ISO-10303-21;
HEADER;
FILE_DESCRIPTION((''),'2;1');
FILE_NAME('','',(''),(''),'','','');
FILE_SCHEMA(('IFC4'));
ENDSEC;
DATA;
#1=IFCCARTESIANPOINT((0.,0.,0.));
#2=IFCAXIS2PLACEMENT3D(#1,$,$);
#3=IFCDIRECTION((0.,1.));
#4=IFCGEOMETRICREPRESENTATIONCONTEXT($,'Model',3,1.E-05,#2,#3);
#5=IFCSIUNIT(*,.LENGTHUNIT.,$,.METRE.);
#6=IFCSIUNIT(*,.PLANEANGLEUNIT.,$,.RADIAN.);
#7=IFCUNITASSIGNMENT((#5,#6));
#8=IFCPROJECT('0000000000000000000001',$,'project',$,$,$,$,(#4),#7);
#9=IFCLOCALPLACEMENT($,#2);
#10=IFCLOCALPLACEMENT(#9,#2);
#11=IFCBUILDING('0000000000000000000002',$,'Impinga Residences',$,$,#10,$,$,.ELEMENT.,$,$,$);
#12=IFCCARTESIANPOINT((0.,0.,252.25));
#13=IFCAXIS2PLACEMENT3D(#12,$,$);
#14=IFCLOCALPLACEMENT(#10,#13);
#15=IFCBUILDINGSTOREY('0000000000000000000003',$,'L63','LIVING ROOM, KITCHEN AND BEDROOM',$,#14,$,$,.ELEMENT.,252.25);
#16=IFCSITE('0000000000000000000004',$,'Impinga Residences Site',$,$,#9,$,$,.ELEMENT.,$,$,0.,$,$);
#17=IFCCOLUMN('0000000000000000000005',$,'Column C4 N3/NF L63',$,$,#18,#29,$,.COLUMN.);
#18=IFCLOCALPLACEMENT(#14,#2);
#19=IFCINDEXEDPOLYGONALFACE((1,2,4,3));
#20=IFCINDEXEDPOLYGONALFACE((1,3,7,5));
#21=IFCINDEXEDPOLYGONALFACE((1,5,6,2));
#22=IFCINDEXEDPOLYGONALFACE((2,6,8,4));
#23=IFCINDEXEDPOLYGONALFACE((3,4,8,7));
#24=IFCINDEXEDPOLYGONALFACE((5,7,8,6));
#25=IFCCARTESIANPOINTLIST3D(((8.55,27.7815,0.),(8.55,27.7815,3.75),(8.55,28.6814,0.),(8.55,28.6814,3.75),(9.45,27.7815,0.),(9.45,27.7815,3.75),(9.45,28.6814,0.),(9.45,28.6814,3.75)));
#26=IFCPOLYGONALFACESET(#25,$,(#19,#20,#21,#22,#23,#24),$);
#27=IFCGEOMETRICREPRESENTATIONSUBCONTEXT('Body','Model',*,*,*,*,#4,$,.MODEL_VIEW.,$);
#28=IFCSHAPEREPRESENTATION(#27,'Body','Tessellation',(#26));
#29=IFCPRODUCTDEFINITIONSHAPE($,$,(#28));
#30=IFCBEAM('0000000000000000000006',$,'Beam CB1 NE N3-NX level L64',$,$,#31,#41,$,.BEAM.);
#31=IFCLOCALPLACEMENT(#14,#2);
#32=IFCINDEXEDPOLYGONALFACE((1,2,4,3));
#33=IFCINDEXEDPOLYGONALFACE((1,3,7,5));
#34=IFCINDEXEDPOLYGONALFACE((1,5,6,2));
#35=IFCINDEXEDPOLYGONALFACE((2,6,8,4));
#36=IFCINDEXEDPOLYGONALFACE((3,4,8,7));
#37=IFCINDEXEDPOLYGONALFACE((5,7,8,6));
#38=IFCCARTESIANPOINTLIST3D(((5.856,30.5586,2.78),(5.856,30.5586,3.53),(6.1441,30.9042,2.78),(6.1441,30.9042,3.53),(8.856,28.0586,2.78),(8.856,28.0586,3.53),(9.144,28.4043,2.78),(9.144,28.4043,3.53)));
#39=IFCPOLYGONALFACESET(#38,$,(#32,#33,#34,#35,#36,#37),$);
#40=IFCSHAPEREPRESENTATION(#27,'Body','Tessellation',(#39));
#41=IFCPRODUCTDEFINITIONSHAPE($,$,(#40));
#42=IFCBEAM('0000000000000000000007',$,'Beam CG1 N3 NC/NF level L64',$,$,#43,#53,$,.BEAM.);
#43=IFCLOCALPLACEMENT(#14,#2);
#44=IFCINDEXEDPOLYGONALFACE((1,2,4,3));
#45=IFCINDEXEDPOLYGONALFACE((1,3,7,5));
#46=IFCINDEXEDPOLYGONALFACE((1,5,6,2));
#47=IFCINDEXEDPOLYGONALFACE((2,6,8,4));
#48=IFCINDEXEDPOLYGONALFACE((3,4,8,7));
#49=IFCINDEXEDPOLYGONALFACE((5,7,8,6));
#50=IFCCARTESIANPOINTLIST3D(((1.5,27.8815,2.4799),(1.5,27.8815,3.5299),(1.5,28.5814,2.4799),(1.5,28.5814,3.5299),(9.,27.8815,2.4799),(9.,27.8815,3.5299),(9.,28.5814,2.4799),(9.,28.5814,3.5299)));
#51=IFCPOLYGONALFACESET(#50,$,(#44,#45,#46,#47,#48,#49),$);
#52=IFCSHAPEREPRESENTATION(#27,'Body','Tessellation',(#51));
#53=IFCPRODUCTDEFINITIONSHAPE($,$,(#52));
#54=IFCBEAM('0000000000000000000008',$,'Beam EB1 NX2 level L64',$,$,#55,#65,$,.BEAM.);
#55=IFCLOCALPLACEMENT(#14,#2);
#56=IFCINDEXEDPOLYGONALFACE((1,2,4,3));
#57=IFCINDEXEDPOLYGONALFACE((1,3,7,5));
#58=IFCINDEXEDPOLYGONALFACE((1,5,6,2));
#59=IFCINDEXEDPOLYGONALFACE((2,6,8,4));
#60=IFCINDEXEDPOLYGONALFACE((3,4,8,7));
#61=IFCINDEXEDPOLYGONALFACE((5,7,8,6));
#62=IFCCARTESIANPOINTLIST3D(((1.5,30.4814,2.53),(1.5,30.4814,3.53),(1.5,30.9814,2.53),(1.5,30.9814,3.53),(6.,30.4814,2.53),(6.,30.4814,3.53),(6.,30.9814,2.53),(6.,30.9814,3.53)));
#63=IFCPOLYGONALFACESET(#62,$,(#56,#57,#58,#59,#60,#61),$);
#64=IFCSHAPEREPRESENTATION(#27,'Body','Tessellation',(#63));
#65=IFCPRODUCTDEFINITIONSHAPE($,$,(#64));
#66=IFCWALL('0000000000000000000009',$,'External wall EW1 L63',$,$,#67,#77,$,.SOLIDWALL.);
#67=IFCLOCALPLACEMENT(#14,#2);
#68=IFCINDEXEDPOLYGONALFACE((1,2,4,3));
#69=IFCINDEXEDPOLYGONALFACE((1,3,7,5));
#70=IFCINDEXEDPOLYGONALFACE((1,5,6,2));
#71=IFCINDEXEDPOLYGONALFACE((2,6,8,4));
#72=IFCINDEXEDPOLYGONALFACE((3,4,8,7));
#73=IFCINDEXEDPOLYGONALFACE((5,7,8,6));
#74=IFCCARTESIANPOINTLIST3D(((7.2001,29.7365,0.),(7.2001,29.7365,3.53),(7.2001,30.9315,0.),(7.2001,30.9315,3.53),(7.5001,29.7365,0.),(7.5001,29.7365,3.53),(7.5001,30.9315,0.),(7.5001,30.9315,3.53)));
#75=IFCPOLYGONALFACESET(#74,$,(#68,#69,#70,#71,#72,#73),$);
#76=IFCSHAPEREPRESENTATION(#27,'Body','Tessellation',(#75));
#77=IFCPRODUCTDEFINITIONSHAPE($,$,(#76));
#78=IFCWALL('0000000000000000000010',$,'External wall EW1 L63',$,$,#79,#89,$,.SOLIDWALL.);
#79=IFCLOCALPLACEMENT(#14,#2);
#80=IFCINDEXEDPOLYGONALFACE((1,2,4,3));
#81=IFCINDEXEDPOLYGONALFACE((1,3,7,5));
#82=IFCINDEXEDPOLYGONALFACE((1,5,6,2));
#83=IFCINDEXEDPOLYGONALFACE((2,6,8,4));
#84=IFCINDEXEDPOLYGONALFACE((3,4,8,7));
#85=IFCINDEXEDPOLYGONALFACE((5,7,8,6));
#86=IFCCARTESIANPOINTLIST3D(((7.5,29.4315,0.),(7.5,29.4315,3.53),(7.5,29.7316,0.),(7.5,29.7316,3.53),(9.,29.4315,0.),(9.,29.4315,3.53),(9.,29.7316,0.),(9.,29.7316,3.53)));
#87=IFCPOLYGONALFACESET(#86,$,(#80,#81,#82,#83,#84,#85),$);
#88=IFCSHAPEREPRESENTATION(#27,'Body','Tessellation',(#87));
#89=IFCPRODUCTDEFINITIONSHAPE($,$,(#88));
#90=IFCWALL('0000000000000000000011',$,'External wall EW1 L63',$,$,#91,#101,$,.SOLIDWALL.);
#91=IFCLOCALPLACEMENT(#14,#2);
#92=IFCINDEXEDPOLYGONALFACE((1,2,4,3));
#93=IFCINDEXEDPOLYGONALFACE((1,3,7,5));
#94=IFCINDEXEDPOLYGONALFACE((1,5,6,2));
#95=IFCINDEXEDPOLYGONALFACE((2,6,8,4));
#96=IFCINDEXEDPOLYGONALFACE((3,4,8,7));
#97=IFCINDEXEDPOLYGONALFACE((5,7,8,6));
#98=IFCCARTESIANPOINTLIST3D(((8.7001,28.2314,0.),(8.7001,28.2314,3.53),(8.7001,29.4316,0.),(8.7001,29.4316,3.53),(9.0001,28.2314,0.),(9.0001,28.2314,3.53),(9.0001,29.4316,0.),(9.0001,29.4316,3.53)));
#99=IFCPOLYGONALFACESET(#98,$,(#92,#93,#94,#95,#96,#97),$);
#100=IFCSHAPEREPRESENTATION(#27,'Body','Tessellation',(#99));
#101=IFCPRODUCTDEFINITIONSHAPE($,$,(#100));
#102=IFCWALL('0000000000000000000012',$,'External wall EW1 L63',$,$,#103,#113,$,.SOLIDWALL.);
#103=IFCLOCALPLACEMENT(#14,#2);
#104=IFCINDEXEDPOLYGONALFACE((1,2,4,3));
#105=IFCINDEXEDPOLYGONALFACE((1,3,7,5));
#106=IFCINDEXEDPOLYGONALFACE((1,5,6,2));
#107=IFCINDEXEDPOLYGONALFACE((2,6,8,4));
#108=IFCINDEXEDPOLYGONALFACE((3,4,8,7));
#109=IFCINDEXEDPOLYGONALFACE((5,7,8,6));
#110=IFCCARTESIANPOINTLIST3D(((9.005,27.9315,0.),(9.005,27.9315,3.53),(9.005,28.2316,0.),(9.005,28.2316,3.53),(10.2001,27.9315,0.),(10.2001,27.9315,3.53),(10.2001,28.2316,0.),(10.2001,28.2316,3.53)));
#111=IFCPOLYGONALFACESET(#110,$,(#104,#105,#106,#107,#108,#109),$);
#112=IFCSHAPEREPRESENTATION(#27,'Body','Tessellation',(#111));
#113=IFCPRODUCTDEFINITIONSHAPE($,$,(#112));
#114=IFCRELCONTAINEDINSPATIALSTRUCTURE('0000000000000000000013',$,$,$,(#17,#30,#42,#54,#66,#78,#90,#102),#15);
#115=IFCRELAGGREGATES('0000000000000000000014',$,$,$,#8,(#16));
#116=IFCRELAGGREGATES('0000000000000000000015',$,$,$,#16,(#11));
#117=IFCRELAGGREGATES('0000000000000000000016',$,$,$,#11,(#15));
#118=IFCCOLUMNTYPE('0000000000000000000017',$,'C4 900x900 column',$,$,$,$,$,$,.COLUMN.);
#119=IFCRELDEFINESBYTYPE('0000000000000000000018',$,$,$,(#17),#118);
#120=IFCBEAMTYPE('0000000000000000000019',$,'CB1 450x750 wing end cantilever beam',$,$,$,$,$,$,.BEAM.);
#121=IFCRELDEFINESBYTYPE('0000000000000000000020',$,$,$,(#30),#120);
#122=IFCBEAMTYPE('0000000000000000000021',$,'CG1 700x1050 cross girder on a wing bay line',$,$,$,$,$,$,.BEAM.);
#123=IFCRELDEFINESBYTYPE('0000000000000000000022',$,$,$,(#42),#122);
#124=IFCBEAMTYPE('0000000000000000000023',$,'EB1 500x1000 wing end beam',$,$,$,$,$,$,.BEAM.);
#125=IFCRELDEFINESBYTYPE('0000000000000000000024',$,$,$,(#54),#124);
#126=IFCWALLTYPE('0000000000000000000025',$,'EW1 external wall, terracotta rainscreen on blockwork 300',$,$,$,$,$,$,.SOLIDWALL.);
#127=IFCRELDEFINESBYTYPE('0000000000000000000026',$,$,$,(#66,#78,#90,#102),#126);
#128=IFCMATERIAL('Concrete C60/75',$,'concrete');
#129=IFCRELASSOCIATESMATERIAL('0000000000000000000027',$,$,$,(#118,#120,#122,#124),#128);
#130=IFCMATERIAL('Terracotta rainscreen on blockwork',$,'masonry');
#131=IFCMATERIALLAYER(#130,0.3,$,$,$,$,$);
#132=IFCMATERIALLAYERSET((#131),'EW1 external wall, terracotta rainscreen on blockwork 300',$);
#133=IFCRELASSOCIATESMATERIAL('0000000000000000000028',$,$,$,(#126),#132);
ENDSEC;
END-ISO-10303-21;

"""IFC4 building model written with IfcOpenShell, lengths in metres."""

from ifc_helpers import new_model, si_unit, direction, frame, frame_2d, origin, origin_2d, place, context, subcontext, project, spatial, rectangle, extrude, material, layer, layer_set, material_profile, profile_set, type_object, element, save


model = new_model("IFC4")

# Units and contexts
model_context = context("Model", 3, precision=1e-05, world=origin(), true_north=direction((0.0, 1.0)))
body_context = subcontext(model_context, "Body", "Model", "MODEL_VIEW")
ifc_project = project(units=[si_unit("LENGTHUNIT", "METRE"), si_unit("PLANEANGLEUNIT", "RADIAN")], contexts=[model_context])

# Site, building, storey
site_placement = place(None, origin())
site = spatial("IfcSite", under=ifc_project, at=site_placement, Name="Impinga Residences Site", CompositionType="ELEMENT", RefElevation=0.0)
building_placement = place(site_placement, origin())
building = spatial("IfcBuilding", under=site, at=building_placement, Name="Impinga Residences", CompositionType="ELEMENT")
storey_placement = place(building_placement, frame((0.0, 0.0, 252.25)))
storey = spatial("IfcBuildingStorey", under=building, at=storey_placement, Name="L63", Description="LIVING ROOM, KITCHEN AND BEDROOM", CompositionType="ELEMENT", Elevation=252.25)

# Column
ifc_material_1 = material(Name="Concrete C60/75", Category="concrete")
ifc_material_profile_1 = material_profile(ifc_material_1, rectangle(XDim=0.8999, YDim=0.8999, at=origin_2d()), Name="RC 900x900")
ifc_profile_set_1 = profile_set([ifc_material_profile_1], Name="Concrete C60/75")
column_type = type_object("IfcColumnType", Name="C4 900x900 column", PredefinedType="COLUMN", material=ifc_profile_set_1)
column_placement = place(storey_placement, frame((9.0, 28.2314, 0.0), z_axis=(0.0, 0.0, 1.0), x_axis=(1.0, 0.0, 0.0)))
element("IfcColumn", 1, at=column_placement, inside=storey, type_object=column_type, Name="Column C4 N3/NF L63", PredefinedType="COLUMN", context=body_context, shape_type="SweptSolid", body=[
    extrude(rectangle(XDim=0.8999, YDim=0.8999, at=origin_2d()), origin(), (0.0, 0.0, 1.0), 3.75),
])

# Beams
ifc_material_profile_2 = material_profile(ifc_material_1, rectangle(XDim=0.45, YDim=0.75, at=origin_2d()), Name="RC 450x750")
ifc_profile_set_2 = profile_set([ifc_material_profile_2], Name="Concrete C60/75")
beam_type_1 = type_object("IfcBeamType", Name="CB1 450x750 wing end cantilever beam", PredefinedType="BEAM", material=ifc_profile_set_2)
beam_1_placement = place(storey_placement, frame((9.0, 28.2314, 3.155), z_axis=(-0.768221, 0.640184, 0.0), x_axis=(-0.640184, -0.768221, 0.0)))
element("IfcBeam", 2, at=beam_1_placement, inside=storey, type_object=beam_type_1, Name="Beam CB1 NE N3-NX level L64", PredefinedType="BEAM", context=body_context, shape_type="SweptSolid", body=[
    extrude(rectangle(XDim=0.45, YDim=0.75, at=origin_2d()), origin(), (0.0, 0.0, 1.0), 3.905),
])
ifc_material_profile_3 = material_profile(ifc_material_1, rectangle(XDim=0.7, YDim=1.05, at=origin_2d()), Name="RC 700x1050")
ifc_profile_set_3 = profile_set([ifc_material_profile_3], Name="Concrete C60/75")
beam_type_2 = type_object("IfcBeamType", Name="CG1 700x1050 cross girder on a wing bay line", PredefinedType="BEAM", material=ifc_profile_set_3)
beam_2_placement = place(storey_placement, frame((1.5, 28.2314, 3.0049), z_axis=(1.0, 0.0, 0.0), x_axis=(0.0, 1.0, 0.0)))
element("IfcBeam", 3, at=beam_2_placement, inside=storey, type_object=beam_type_2, Name="Beam CG1 N3 NC/NF level L64", PredefinedType="BEAM", context=body_context, shape_type="SweptSolid", body=[
    extrude(rectangle(XDim=0.7, YDim=1.05, at=origin_2d()), origin(), (0.0, 0.0, 1.0), 7.5),
])
ifc_material_profile_4 = material_profile(ifc_material_1, rectangle(XDim=0.5, YDim=1.0, at=origin_2d()), Name="RC 500x1000")
ifc_profile_set_4 = profile_set([ifc_material_profile_4], Name="Concrete C60/75")
beam_type_3 = type_object("IfcBeamType", Name="EB1 500x1000 wing end beam", PredefinedType="BEAM", material=ifc_profile_set_4)
beam_3_placement = place(storey_placement, frame((1.5, 30.7314, 3.03), z_axis=(1.0, 0.0, 0.0), x_axis=(0.0, 1.0, 0.0)))
element("IfcBeam", 4, at=beam_3_placement, inside=storey, type_object=beam_type_3, Name="Beam EB1 NX2 level L64", PredefinedType="BEAM", context=body_context, shape_type="SweptSolid", body=[
    extrude(rectangle(XDim=0.5, YDim=1.0, at=origin_2d()), origin(), (0.0, 0.0, 1.0), 4.5),
])

# Walls
ifc_material_2 = material(Name="Terracotta rainscreen on blockwork", Category="masonry")
ifc_layer_1 = layer(ifc_material_2, 0.3)
ifc_layer_set_1 = layer_set([ifc_layer_1], Name="EW1 external wall, terracotta rainscreen on blockwork 300")
wall_type_1 = type_object("IfcWallType", Name="EW1 external wall, terracotta rainscreen on blockwork 300", PredefinedType="SOLIDWALL", material=ifc_layer_set_1)
wall_1_placement = place(storey_placement, frame((7.3501, 30.9316, 0.0), z_axis=(0.0, 0.0, 1.0), x_axis=(0.0, -1.0, 0.0)))
element("IfcWall", 5, at=wall_1_placement, inside=storey, type_object=wall_type_1, Name="External wall EW1 L63", PredefinedType="SOLIDWALL", context=body_context, shape_type="SweptSolid", body=[
    extrude(rectangle(XDim=1.1951, YDim=0.3, at=frame_2d((0.5977, 0.0))), origin(), (0.0, 0.0, 1.0), 3.53),
])
wall_2_placement = place(storey_placement, frame((7.5, 29.5815, 0.0), z_axis=(0.0, 0.0, 1.0), x_axis=(1.0, 0.0, 0.0)))
element("IfcWall", 6, at=wall_2_placement, inside=storey, type_object=wall_type_1, Name="External wall EW1 L63", PredefinedType="SOLIDWALL", context=body_context, shape_type="SweptSolid", body=[
    extrude(rectangle(XDim=1.5, YDim=0.3, at=frame_2d((0.75, 0.0))), origin(), (0.0, 0.0, 1.0), 3.53),
])
wall_3_placement = place(storey_placement, frame((8.8501, 29.4316, 0.0), z_axis=(0.0, 0.0, 1.0), x_axis=(0.0, -1.0, 0.0)))
element("IfcWall", 7, at=wall_3_placement, inside=storey, type_object=wall_type_1, Name="External wall EW1 L63", PredefinedType="SOLIDWALL", context=body_context, shape_type="SweptSolid", body=[
    extrude(rectangle(XDim=1.2002, YDim=0.3, at=frame_2d((0.6001, 0.0))), origin(), (0.0, 0.0, 1.0), 3.53),
])
wall_4_placement = place(storey_placement, frame((9.0049, 28.0815, 0.0), z_axis=(0.0, 0.0, 1.0), x_axis=(1.0, 0.0, 0.0)))
element("IfcWall", 8, at=wall_4_placement, inside=storey, type_object=wall_type_1, Name="External wall EW1 L63", PredefinedType="SOLIDWALL", context=body_context, shape_type="SweptSolid", body=[
    extrude(rectangle(XDim=1.1951, YDim=0.3, at=frame_2d((0.5977, 0.0))), origin(), (0.0, 0.0, 1.0), 3.53),
])

save(model, "model.ifc")
